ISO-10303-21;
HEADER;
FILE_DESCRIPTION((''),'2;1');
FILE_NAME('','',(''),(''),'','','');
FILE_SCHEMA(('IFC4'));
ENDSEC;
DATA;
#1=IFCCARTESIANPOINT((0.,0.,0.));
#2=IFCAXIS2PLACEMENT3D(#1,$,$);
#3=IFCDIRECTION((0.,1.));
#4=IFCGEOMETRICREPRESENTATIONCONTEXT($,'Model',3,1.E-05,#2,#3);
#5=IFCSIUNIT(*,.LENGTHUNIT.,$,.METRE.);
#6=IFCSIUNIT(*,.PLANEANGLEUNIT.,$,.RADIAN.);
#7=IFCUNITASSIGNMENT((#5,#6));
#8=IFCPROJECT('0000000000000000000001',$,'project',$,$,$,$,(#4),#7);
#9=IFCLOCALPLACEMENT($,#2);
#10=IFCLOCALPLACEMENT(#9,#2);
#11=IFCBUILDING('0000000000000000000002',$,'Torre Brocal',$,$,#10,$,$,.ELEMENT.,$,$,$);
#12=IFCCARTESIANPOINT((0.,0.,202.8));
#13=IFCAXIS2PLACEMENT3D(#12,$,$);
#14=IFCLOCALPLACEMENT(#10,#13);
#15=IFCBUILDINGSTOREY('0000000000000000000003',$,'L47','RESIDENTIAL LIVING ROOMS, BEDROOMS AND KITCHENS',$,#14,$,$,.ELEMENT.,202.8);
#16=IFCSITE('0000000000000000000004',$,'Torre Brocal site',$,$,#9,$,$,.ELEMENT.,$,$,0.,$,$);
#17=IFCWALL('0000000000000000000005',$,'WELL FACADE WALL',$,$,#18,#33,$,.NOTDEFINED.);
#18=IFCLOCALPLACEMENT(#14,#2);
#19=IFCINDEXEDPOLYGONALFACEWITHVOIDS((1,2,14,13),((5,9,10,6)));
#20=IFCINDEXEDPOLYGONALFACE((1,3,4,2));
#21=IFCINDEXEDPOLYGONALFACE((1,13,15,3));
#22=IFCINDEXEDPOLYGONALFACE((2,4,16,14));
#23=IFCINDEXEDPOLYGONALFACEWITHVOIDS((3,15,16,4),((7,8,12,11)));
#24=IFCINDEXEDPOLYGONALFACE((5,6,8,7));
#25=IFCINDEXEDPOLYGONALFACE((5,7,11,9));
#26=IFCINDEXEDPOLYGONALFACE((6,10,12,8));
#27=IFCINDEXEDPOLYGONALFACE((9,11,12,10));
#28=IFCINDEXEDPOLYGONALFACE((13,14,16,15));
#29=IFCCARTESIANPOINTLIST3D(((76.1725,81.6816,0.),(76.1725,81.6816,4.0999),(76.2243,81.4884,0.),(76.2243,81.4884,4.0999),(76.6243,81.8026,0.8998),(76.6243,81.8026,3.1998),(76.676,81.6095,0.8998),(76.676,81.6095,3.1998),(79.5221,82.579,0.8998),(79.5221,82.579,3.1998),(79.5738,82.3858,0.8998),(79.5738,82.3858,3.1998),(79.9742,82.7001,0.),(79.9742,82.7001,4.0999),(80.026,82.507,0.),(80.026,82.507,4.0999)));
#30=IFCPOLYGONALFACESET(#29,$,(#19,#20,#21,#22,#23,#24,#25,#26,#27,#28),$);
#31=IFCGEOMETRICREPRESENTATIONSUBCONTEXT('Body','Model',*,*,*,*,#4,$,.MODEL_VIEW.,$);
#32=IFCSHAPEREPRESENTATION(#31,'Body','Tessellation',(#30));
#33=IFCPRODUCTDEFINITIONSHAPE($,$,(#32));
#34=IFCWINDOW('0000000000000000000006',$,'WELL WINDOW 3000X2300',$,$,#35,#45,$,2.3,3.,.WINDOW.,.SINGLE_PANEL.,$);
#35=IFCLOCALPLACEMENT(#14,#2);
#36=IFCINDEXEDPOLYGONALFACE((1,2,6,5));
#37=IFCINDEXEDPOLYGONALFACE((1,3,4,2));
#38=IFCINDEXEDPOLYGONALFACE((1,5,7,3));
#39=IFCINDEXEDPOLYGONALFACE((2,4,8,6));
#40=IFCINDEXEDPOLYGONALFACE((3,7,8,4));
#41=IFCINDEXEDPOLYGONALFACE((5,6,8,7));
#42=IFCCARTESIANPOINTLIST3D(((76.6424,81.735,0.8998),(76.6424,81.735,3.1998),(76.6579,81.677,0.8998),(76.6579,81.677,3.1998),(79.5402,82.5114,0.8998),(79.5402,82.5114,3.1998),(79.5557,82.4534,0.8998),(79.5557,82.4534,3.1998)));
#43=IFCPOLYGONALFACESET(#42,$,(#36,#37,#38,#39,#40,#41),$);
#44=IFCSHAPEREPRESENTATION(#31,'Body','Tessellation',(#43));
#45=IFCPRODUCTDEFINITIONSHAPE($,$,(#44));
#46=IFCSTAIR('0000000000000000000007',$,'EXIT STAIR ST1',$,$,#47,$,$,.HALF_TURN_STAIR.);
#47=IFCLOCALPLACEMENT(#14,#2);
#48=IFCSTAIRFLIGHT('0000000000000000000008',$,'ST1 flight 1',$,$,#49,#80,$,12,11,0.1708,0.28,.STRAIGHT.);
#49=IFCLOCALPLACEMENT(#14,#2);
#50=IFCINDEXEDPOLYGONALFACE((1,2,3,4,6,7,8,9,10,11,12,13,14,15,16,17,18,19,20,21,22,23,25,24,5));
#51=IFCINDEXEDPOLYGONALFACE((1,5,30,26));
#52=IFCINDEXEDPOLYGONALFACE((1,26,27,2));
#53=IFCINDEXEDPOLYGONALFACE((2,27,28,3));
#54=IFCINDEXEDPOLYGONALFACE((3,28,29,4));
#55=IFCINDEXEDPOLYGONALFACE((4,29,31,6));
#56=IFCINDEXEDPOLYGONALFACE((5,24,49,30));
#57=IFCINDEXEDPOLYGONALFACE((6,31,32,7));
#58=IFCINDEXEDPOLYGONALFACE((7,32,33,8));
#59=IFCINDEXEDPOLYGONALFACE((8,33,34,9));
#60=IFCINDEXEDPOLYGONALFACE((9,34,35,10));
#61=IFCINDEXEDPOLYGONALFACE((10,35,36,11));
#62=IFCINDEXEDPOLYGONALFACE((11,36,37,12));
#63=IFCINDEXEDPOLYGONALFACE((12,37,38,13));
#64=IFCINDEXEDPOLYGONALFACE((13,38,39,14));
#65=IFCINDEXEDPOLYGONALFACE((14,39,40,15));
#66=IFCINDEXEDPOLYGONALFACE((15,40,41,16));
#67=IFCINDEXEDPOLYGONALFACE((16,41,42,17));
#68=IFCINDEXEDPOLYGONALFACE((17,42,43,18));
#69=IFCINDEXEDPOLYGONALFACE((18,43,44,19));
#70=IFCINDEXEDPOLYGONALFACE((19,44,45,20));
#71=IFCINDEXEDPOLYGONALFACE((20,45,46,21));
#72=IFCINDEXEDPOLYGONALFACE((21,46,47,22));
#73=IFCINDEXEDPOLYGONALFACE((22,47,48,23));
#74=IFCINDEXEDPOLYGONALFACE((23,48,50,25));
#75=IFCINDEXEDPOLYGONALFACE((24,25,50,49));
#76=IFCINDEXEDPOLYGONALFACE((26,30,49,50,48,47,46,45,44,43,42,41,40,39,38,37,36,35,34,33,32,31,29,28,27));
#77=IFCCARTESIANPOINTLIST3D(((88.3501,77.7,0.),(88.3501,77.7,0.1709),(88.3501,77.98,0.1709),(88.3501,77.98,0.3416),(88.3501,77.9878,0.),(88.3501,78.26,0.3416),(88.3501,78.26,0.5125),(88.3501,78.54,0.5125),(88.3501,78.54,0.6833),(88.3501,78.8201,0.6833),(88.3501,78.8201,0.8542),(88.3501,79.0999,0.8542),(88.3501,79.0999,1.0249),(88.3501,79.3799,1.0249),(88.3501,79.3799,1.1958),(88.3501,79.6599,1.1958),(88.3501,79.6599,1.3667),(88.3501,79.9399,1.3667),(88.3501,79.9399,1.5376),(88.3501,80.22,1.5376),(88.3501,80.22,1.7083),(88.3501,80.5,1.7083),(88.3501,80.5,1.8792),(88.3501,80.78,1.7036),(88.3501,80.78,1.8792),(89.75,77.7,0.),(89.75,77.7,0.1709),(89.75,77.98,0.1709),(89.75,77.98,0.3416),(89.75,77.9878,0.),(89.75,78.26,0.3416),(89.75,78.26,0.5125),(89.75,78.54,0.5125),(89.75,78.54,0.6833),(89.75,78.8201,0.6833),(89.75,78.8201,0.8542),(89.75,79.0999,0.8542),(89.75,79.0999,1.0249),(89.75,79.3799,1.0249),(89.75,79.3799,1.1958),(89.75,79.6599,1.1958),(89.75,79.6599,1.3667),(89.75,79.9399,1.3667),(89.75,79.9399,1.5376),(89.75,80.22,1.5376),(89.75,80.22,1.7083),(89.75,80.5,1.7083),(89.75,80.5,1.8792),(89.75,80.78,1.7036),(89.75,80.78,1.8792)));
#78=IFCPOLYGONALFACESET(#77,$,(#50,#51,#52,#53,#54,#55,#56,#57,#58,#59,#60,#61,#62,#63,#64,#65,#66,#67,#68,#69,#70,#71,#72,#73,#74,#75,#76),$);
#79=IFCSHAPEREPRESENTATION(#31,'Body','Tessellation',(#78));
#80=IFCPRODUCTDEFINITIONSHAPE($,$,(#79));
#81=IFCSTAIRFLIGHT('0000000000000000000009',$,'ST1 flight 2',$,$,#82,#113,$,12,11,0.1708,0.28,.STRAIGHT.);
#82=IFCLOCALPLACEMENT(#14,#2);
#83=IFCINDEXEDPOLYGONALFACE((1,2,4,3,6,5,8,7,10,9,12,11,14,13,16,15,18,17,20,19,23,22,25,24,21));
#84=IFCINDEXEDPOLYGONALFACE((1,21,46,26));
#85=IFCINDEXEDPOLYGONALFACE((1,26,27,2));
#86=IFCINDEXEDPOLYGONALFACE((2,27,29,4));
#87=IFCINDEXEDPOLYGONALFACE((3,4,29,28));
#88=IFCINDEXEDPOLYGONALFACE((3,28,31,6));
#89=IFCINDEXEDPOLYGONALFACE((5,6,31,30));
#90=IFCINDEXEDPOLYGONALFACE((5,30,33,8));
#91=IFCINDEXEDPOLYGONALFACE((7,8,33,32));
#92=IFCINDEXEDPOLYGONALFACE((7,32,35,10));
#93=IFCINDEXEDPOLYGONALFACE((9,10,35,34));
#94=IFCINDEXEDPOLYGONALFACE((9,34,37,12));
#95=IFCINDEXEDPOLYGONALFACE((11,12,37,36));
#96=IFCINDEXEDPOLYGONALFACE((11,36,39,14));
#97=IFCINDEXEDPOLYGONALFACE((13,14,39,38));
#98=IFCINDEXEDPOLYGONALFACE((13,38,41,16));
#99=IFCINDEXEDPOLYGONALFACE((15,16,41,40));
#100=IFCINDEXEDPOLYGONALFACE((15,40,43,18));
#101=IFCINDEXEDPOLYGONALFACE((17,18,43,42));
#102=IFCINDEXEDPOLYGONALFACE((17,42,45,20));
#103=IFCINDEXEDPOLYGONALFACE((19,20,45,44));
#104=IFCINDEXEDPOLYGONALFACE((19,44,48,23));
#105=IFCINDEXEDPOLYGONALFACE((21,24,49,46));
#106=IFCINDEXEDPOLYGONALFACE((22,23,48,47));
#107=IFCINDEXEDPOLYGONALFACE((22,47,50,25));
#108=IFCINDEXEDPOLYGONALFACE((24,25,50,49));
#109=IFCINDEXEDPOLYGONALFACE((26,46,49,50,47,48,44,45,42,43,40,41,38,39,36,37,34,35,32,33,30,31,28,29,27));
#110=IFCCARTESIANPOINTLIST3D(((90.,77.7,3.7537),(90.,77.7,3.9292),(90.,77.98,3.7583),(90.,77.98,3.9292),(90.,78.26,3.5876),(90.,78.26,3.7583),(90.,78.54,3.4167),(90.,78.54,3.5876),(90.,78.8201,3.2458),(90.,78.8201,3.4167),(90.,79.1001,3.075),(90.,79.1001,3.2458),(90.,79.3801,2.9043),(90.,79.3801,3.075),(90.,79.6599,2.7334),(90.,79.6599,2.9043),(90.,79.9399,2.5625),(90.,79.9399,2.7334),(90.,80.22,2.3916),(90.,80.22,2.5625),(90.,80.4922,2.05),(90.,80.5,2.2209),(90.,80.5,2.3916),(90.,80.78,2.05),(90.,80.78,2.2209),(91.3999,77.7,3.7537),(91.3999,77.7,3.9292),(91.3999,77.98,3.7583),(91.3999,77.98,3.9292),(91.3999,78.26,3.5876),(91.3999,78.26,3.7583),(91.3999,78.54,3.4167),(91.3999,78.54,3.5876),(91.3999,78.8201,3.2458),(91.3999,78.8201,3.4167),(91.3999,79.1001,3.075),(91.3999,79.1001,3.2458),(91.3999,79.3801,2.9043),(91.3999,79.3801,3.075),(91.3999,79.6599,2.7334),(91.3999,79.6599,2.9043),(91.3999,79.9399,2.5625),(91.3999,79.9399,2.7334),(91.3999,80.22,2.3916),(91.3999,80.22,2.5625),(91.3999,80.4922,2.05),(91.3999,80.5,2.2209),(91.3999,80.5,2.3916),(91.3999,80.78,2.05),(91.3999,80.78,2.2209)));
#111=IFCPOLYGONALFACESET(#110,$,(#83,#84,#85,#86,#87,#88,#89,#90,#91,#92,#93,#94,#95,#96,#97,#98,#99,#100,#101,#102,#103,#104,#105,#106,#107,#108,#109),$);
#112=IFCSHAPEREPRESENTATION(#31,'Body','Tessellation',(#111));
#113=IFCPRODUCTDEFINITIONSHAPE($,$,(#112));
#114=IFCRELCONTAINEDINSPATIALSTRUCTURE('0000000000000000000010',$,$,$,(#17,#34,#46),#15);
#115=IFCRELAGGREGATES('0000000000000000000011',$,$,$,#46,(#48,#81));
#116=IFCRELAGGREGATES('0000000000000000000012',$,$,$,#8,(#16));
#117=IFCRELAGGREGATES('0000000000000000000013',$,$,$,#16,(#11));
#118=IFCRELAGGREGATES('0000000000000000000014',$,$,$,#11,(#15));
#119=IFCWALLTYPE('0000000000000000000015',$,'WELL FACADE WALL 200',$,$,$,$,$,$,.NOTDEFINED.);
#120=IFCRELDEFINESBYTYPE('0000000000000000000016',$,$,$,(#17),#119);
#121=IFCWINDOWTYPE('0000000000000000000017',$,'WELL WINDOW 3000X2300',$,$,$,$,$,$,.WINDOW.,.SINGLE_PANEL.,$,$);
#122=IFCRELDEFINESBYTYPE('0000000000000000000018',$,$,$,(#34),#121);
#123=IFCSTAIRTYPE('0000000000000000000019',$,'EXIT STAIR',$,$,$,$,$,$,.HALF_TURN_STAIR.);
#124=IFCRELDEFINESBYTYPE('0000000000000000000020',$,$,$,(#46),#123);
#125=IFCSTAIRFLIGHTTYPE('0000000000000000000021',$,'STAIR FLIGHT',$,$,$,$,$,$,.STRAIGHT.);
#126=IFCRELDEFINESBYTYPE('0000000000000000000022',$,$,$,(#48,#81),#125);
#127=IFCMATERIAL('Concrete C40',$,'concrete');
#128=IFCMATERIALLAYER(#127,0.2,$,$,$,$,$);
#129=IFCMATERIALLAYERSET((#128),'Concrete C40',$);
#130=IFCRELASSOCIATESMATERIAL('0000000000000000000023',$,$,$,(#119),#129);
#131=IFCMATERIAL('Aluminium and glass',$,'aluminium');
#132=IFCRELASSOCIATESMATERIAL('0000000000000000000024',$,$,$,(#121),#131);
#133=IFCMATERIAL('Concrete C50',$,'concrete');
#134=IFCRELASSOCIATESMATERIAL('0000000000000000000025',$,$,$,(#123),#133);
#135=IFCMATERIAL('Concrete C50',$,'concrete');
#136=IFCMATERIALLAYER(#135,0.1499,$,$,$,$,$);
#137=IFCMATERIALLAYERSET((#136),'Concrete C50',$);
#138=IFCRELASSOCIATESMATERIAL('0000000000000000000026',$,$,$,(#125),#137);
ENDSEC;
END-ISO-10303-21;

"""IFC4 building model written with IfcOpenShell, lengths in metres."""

from ifc_helpers import new_model, si_unit, direction, frame, frame_2d, origin, place, context, subcontext, project, spatial, polyline, rectangle, outline, extrude, material, layer, layer_set, type_object, element, fill, aggregate, save


model = new_model("IFC4")

# Units and contexts
model_context = context("Model", 3, precision=1e-05, world=origin(), true_north=direction((0.0, 1.0)))
body_context = subcontext(model_context, "Body", "Model", "MODEL_VIEW")
ifc_project = project(units=[si_unit("LENGTHUNIT", "METRE"), si_unit("PLANEANGLEUNIT", "RADIAN")], contexts=[model_context])

# Site, building, storey
site_placement = place(None, origin())
site = spatial("IfcSite", under=ifc_project, at=site_placement, Name="Torre Brocal site", CompositionType="ELEMENT", RefElevation=0.0)
building_placement = place(site_placement, origin())
building = spatial("IfcBuilding", under=site, at=building_placement, Name="Torre Brocal", CompositionType="ELEMENT")
storey_placement = place(building_placement, frame((0.0, 0.0, 202.8)))
storey = spatial("IfcBuildingStorey", under=building, at=storey_placement, Name="L47", Description="RESIDENTIAL LIVING ROOMS, BEDROOMS AND KITCHENS", CompositionType="ELEMENT", Elevation=202.8)

# Wall, opening, window
ifc_material_1 = material(Name="Concrete C40", Category="concrete")
ifc_layer_1 = layer(ifc_material_1, 0.2)
ifc_layer_set_1 = layer_set([ifc_layer_1], Name="Concrete C40")
wall_type_1 = type_object("IfcWallType", Name="WELL FACADE WALL 200", PredefinedType="NOTDEFINED", material=ifc_layer_set_1)
ifc_material_2 = material(Name="Aluminium and glass", Category="aluminium")
window_type = type_object("IfcWindowType", Name="WELL WINDOW 3000X2300", PartitioningType="SINGLE_PANEL", PredefinedType="WINDOW", material=ifc_material_2)
wall_1_placement = place(storey_placement, frame((80.0, 82.6035, 0.0), z_axis=(0.0, 0.0, 1.0), x_axis=(-0.965934, -0.25879, 0.0)))
wall_1 = element("IfcWall", 1, at=wall_1_placement, inside=storey, type_object=wall_type_1, Name="WELL FACADE WALL", PredefinedType="NOTDEFINED", context=body_context, shape_type="SweptSolid", body=[
    extrude(rectangle(XDim=3.9358, YDim=0.2, at=frame_2d((1.9678, 0.0))), origin(), (0.0, 0.0, 1.0), 4.0999),
])
opening_1_placement = place(wall_1_placement, frame((0.468, 0.0, 0.8999)))
opening_1 = element("IfcOpeningElement", 2, at=opening_1_placement, cuts=wall_1, PredefinedType="OPENING", context=body_context, shape_type="SweptSolid", body=[
    extrude(rectangle(XDim=3.0, YDim=2.3, at=frame_2d((1.5, 1.1499))), frame((0.0, 0.1099, 0.0), z_axis=(0.0, -1.0, 0.0), x_axis=(1.0, 0.0, 0.0)), (0.0, 0.0, 1.0), 0.22),
])
window_1_placement = place(opening_1_placement, origin())
window_1 = element("IfcWindow", 3, at=window_1_placement, inside=storey, type_object=window_type, Name="WELL WINDOW 3000X2300", OverallHeight=2.3, OverallWidth=3.0, PartitioningType="SINGLE_PANEL", PredefinedType="WINDOW", context=body_context, shape_type="SweptSolid", body=[
    extrude(rectangle(XDim=3.0, YDim=2.3, at=frame_2d((1.5, 1.1499))), frame((0.0, 0.03, 0.0), z_axis=(0.0, -1.0, 0.0), x_axis=(1.0, 0.0, 0.0)), (0.0, 0.0, 1.0), 0.0601),
])
fill(opening_1, window_1)

# Stair, stair flights
ifc_material_3 = material(Name="Concrete C50", Category="concrete")
stair_type = type_object("IfcStairType", Name="EXIT STAIR", PredefinedType="HALF_TURN_STAIR", material=ifc_material_3)
stair_placement = place(storey_placement, origin())
stair = element("IfcStair", 4, at=stair_placement, inside=storey, type_object=stair_type, Name="EXIT STAIR ST1", PredefinedType="HALF_TURN_STAIR")
ifc_material_4 = material(Name="Concrete C50", Category="concrete")
ifc_layer_2 = layer(ifc_material_4, 0.1499)
ifc_layer_set_2 = layer_set([ifc_layer_2], Name="Concrete C50")
stair_flight_type = type_object("IfcStairFlightType", Name="STAIR FLIGHT", PredefinedType="STRAIGHT", material=ifc_layer_set_2)
stair_flight_1_placement = place(storey_placement, frame((89.05, 77.7, 0.0), z_axis=(0.0, 0.0, 1.0), x_axis=(0.0, 1.0, 0.0)))
stair_flight_1 = element("IfcStairFlight", 5, at=stair_flight_1_placement, type_object=stair_flight_type, Name="ST1 flight 1", NumberOfRisers=12, NumberOfTreads=11, PredefinedType="STRAIGHT", RiserHeight=0.1708, TreadLength=0.28, context=body_context, shape_type="SweptSolid", body=[
    extrude(outline(polyline([(0.0, 0.0), (0.0, 0.1709), (0.28, 0.1709), (0.28, 0.3416), (0.5601, 0.3416), (0.5601, 0.5125), (0.8401, 0.5125), (0.8401, 0.6833), (1.1201, 0.6833), (1.1201, 0.8542), (1.3999, 0.8542), (1.3999, 1.0249), (1.6799, 1.0249), (1.6799, 1.1958), (1.96, 1.1958), (1.96, 1.3667), (2.24, 1.3667), (2.24, 1.5376), (2.52, 1.5376), (2.52, 1.7083), (2.8, 1.7083), (2.8, 1.8792), (3.0801, 1.8792), (3.0801, 2.05), (3.0801, 1.7036), (0.2878, 0.0), (0.0, 0.0)])), frame((0.0, 0.7, 0.0), z_axis=(0.0, -1.0, 0.0), x_axis=(1.0, 0.0, 0.0)), (0.0, 0.0, 1.0), 1.3999),
])
stair_flight_2_placement = place(storey_placement, frame((90.7, 80.78, 2.05), z_axis=(0.0, 0.0, 1.0), x_axis=(0.0, -1.0, 0.0)))
stair_flight_2 = element("IfcStairFlight", 6, at=stair_flight_2_placement, type_object=stair_flight_type, Name="ST1 flight 2", NumberOfRisers=12, NumberOfTreads=11, PredefinedType="STRAIGHT", RiserHeight=0.1708, TreadLength=0.28, context=body_context, shape_type="SweptSolid", body=[
    extrude(outline(polyline([(0.0, 0.0), (0.0, 0.1709), (0.28, 0.1709), (0.28, 0.3416), (0.5601, 0.3416), (0.5601, 0.5125), (0.8401, 0.5125), (0.8401, 0.6833), (1.1201, 0.6833), (1.1201, 0.8542), (1.3999, 0.8542), (1.3999, 1.0249), (1.6799, 1.0249), (1.6799, 1.1958), (1.96, 1.1958), (1.96, 1.3667), (2.24, 1.3667), (2.24, 1.5376), (2.52, 1.5376), (2.52, 1.7083), (2.8, 1.7083), (2.8, 1.8792), (3.0801, 1.8792), (3.0801, 2.05), (3.0801, 1.7036), (0.2878, 0.0), (0.0, 0.0)])), frame((0.0, 0.7, 0.0), z_axis=(0.0, -1.0, 0.0), x_axis=(1.0, 0.0, 0.0)), (0.0, 0.0, 1.0), 1.3999),
])
aggregate(stair, [stair_flight_1, stair_flight_2])

save(model, "model.ifc")
